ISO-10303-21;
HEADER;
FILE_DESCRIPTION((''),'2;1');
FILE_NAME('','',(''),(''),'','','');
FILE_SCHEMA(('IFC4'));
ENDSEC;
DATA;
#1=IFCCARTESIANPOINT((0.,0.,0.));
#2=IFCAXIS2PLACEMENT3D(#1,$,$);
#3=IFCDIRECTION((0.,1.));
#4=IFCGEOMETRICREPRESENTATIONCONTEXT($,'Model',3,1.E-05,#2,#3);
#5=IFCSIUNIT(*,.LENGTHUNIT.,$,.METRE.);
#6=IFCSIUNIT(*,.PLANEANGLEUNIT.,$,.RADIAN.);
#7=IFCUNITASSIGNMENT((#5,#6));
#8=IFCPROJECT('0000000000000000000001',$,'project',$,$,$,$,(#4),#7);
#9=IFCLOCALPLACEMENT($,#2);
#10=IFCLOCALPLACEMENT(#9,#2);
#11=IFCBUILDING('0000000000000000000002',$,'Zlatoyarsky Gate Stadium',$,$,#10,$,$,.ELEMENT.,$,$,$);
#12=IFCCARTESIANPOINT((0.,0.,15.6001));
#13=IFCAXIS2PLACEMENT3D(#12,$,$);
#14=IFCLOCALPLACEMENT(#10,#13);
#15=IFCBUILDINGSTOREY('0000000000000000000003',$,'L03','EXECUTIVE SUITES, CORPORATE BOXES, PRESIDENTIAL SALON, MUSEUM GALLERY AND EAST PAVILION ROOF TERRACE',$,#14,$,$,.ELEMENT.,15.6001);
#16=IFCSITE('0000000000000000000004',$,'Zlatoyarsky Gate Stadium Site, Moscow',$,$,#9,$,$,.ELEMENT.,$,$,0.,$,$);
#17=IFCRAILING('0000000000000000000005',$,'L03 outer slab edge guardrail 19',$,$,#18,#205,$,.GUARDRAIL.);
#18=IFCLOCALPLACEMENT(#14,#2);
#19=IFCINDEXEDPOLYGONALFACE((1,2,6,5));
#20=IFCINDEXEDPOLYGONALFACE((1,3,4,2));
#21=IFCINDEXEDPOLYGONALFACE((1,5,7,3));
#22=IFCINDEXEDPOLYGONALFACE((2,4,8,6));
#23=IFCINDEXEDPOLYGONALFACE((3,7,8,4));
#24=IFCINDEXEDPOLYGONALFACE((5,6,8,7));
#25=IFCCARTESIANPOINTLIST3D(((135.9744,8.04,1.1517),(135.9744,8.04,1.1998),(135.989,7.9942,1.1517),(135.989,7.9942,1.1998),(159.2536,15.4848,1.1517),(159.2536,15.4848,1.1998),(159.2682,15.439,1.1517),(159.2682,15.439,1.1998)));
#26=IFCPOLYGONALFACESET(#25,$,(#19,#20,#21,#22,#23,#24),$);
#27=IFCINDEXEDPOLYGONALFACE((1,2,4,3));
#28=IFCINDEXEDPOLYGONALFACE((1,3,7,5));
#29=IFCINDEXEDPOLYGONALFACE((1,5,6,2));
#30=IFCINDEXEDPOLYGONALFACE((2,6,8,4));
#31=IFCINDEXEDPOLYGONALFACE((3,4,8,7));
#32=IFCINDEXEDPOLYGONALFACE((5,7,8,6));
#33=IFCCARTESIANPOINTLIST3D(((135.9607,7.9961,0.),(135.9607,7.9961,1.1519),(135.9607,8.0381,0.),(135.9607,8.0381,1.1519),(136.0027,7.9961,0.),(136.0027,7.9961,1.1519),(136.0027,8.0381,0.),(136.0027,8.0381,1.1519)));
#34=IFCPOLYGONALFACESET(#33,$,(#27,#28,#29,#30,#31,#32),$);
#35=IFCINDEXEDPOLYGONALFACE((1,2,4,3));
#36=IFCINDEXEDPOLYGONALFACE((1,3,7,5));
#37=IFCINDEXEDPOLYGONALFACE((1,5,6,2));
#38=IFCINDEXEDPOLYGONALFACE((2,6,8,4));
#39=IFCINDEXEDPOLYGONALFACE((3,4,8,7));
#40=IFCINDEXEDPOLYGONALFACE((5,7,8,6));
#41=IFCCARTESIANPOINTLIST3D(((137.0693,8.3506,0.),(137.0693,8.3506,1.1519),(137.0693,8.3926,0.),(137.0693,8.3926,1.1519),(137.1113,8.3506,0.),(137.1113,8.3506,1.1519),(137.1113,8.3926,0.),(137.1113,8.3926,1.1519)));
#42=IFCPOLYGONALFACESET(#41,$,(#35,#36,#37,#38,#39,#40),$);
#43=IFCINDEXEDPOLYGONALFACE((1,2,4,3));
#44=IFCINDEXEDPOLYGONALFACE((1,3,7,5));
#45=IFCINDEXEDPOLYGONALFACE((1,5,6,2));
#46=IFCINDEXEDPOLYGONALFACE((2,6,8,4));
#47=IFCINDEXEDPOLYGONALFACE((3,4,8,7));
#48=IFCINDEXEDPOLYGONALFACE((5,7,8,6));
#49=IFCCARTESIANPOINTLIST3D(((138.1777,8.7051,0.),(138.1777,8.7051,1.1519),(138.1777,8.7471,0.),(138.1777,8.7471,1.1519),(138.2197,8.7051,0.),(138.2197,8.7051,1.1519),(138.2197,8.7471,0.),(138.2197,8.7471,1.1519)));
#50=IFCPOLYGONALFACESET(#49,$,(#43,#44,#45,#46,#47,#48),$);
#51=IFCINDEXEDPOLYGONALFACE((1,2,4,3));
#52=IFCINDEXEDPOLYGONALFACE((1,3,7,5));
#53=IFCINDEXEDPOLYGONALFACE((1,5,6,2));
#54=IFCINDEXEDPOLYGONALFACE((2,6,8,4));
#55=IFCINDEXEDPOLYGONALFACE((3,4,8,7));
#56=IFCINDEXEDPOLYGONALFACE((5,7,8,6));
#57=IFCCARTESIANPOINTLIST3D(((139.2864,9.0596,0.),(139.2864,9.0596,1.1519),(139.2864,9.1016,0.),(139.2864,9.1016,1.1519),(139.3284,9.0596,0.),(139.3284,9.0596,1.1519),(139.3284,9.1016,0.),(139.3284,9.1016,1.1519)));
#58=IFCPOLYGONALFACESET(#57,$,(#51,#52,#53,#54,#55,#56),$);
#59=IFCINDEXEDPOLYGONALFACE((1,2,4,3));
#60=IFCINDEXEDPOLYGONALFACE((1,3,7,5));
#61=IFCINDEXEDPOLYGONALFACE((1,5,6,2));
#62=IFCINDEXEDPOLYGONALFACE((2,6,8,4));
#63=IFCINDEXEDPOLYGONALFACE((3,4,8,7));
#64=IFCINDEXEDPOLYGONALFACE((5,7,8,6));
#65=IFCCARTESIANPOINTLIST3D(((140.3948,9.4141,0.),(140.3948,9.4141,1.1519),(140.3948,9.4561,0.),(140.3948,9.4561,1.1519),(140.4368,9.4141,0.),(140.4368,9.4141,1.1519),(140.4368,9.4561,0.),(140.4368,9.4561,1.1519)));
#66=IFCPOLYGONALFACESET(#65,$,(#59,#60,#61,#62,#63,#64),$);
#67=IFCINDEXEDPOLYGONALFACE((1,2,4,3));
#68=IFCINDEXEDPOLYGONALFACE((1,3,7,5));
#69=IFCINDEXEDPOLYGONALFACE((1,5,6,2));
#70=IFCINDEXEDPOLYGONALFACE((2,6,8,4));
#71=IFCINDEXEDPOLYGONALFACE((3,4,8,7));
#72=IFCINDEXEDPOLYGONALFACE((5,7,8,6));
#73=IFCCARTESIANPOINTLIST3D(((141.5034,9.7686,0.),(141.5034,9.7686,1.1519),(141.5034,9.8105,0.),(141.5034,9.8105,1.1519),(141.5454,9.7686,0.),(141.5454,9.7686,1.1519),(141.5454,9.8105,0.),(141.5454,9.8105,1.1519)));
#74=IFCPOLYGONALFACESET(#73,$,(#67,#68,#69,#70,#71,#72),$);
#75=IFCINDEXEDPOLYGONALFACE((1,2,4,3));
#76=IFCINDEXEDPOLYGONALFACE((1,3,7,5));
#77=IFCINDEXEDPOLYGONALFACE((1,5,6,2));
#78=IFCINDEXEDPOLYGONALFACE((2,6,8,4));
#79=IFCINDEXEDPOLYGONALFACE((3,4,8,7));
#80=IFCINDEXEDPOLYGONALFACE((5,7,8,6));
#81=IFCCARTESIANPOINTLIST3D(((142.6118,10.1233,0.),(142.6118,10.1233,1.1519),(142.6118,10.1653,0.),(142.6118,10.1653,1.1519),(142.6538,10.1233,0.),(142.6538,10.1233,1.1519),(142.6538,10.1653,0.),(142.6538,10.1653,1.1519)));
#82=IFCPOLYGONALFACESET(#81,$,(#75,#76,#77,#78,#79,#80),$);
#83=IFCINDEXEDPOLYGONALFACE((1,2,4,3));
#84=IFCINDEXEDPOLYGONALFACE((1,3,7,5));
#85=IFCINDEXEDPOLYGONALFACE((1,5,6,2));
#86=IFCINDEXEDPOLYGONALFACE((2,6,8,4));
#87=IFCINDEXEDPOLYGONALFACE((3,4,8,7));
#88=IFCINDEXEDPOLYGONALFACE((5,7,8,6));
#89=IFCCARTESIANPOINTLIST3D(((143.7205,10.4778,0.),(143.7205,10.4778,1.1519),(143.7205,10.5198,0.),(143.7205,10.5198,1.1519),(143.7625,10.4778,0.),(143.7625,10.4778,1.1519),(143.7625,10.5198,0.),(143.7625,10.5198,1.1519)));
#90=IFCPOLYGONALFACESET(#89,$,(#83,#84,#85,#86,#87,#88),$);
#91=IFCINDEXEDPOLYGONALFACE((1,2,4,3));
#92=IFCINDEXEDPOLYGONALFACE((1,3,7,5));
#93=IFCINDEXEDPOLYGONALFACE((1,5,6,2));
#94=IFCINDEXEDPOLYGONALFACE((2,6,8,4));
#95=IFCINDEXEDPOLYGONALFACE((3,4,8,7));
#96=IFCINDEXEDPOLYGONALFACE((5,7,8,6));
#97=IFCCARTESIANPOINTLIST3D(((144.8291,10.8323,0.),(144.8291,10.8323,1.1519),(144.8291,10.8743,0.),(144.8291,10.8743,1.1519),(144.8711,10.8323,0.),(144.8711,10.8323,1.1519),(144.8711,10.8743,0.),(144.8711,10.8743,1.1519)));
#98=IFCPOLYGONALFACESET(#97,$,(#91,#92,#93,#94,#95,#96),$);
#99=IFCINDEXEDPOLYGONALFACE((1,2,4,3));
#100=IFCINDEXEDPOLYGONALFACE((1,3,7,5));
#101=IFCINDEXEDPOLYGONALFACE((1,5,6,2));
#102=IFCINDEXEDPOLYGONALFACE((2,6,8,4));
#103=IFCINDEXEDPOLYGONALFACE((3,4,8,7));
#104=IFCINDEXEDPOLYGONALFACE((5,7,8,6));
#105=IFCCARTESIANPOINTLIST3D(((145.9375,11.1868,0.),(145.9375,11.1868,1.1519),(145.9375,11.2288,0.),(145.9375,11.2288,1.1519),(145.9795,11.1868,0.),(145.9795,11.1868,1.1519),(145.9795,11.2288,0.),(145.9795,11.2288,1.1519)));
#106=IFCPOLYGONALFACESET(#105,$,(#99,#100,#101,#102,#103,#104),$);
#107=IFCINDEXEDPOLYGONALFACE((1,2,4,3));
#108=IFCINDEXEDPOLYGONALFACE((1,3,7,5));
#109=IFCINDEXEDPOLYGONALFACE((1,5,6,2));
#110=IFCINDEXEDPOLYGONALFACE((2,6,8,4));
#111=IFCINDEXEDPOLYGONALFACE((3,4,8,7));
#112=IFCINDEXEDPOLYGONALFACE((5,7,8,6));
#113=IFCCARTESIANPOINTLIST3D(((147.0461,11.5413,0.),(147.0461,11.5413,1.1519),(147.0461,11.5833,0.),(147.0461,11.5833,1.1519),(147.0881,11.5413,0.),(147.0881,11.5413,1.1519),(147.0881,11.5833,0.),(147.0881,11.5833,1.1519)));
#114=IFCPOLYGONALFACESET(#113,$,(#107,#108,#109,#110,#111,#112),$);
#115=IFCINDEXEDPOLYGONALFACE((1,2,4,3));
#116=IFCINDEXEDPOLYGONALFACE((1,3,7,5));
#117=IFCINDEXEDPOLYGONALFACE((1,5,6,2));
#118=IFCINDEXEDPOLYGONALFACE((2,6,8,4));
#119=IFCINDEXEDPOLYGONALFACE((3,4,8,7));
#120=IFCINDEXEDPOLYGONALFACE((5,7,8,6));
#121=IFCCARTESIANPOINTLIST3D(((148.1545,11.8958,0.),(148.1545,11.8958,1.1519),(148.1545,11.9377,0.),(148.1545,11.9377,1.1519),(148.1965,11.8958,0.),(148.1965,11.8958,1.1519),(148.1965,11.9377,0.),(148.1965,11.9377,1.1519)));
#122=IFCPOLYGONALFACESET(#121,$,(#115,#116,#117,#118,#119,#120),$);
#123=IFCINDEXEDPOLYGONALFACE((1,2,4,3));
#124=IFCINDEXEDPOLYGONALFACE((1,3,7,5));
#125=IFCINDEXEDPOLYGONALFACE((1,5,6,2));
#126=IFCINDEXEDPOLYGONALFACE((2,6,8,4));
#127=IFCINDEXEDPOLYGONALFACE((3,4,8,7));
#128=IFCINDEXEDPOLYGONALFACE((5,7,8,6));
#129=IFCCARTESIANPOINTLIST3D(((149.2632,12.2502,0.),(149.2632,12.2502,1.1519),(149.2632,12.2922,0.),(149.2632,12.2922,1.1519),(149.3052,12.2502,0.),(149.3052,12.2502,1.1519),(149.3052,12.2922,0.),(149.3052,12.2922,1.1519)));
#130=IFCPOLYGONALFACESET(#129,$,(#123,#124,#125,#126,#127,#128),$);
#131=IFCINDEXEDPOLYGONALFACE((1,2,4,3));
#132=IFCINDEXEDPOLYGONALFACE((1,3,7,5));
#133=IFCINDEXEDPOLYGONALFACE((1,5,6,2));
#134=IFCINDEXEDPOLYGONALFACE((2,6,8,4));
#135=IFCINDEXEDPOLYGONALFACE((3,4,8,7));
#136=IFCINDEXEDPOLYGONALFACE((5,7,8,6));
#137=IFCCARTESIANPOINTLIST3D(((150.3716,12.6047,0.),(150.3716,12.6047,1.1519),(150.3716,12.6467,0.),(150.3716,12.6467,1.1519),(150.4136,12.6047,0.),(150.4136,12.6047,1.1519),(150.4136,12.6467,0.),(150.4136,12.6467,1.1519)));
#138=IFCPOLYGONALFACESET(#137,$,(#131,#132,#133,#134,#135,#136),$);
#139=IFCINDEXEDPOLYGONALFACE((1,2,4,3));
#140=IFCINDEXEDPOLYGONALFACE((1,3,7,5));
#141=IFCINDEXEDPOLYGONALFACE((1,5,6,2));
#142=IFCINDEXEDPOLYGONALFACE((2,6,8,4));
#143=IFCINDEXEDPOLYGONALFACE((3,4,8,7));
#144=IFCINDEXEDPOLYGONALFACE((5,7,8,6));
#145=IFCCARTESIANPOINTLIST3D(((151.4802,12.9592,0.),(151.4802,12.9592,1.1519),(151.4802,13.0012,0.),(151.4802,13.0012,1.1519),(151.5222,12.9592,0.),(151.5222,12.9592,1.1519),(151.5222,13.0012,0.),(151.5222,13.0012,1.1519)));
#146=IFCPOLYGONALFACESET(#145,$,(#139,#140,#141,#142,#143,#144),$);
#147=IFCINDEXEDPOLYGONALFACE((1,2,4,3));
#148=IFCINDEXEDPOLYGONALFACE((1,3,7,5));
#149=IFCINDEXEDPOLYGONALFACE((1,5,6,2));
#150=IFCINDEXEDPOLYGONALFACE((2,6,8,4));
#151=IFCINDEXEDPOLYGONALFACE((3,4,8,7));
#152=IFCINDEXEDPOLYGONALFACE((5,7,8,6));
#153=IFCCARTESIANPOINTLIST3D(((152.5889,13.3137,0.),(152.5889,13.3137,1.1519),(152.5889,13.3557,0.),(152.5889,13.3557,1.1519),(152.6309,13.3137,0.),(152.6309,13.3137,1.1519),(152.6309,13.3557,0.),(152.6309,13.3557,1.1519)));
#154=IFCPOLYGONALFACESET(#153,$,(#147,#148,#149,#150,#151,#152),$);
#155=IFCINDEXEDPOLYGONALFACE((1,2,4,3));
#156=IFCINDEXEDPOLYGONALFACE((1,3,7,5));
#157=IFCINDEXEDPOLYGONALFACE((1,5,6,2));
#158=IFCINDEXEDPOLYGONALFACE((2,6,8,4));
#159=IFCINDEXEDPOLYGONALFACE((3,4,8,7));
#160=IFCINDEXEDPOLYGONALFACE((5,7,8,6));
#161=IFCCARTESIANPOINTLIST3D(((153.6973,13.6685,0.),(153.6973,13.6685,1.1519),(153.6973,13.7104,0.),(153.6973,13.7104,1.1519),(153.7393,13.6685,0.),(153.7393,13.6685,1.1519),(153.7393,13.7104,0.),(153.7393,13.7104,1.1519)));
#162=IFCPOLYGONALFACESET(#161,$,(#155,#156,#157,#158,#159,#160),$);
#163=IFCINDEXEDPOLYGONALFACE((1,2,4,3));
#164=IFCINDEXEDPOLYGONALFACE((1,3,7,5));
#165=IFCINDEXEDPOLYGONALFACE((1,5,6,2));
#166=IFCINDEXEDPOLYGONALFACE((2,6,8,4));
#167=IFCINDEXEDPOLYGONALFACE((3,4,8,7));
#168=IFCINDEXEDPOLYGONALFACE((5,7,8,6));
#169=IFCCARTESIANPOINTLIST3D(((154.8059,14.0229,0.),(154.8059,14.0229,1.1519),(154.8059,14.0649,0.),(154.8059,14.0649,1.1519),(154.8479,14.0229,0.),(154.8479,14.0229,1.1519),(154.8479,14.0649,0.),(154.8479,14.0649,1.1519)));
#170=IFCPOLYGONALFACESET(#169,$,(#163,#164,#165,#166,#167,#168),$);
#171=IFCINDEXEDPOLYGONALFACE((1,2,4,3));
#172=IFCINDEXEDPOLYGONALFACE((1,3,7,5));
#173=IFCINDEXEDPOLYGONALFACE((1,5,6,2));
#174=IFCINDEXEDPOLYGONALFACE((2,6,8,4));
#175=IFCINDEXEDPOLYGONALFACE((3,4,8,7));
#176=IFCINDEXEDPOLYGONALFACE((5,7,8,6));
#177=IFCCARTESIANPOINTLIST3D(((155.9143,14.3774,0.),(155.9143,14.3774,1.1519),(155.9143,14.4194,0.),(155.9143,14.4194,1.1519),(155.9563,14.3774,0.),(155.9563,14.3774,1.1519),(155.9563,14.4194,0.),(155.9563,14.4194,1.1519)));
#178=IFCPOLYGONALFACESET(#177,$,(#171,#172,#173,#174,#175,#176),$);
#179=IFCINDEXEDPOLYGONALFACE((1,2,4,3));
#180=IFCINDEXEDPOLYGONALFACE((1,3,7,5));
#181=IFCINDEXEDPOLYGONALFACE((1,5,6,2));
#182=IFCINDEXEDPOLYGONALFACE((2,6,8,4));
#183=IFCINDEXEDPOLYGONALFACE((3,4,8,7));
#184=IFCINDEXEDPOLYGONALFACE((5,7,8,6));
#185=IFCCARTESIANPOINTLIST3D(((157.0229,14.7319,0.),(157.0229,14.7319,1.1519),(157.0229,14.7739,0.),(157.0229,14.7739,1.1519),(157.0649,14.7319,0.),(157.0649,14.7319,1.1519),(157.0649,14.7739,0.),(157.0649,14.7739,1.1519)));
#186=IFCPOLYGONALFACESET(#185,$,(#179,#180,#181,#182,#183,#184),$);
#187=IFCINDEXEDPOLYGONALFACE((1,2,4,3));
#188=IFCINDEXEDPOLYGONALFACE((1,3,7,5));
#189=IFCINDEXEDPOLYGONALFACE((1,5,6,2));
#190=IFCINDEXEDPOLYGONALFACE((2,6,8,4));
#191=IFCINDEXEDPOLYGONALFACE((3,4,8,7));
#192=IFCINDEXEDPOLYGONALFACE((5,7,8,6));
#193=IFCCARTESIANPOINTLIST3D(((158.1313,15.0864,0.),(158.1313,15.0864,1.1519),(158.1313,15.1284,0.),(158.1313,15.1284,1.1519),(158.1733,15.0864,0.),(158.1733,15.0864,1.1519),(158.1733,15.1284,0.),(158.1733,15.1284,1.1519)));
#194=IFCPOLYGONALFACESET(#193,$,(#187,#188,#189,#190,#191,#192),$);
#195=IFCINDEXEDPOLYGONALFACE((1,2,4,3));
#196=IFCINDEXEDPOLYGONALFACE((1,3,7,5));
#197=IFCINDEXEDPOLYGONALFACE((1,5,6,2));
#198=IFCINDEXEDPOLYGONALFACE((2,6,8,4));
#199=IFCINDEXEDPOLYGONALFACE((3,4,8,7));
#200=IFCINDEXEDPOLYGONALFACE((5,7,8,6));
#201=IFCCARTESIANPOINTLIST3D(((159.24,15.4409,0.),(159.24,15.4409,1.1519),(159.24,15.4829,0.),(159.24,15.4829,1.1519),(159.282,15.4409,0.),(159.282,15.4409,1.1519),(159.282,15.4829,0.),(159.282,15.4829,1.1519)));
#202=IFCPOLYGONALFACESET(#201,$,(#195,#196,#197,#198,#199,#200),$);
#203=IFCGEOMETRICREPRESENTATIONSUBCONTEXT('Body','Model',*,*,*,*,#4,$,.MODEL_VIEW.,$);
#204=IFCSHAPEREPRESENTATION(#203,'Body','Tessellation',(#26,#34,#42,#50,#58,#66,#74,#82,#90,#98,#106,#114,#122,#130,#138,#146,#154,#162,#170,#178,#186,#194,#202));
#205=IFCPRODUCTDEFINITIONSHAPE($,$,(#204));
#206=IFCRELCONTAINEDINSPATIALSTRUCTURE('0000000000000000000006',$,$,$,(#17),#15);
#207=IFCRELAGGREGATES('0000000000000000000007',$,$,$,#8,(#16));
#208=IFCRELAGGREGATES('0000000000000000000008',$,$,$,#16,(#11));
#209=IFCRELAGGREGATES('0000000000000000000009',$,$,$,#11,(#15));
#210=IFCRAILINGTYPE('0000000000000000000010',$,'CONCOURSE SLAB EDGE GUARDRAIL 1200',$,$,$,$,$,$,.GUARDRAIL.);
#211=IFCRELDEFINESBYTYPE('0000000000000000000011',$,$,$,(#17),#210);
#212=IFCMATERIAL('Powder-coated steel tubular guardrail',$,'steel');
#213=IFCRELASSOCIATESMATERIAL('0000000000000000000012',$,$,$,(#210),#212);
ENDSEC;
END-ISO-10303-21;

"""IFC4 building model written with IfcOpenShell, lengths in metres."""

from ifc_helpers import new_model, si_unit, direction, frame, origin, origin_2d, place, context, subcontext, project, spatial, rectangle, extrude, material, type_object, element, save


model = new_model("IFC4")

# Units and contexts
model_context = context("Model", 3, precision=1e-05, world=origin(), true_north=direction((0.0, 1.0)))
body_context = subcontext(model_context, "Body", "Model", "MODEL_VIEW")
ifc_project = project(units=[si_unit("LENGTHUNIT", "METRE"), si_unit("PLANEANGLEUNIT", "RADIAN")], contexts=[model_context])

# Site, building, storey
site_placement = place(None, origin())
site = spatial("IfcSite", under=ifc_project, at=site_placement, Name="Zlatoyarsky Gate Stadium Site, Moscow", CompositionType="ELEMENT", RefElevation=0.0)
building_placement = place(site_placement, origin())
building = spatial("IfcBuilding", under=site, at=building_placement, Name="Zlatoyarsky Gate Stadium", CompositionType="ELEMENT")
storey_placement = place(building_placement, frame((0.0, 0.0, 15.6001)))
storey = spatial("IfcBuildingStorey", under=building, at=storey_placement, Name="L03", Description="EXECUTIVE SUITES, CORPORATE BOXES, PRESIDENTIAL SALON, MUSEUM GALLERY AND EAST PAVILION ROOF TERRACE", CompositionType="ELEMENT", Elevation=15.6001)

# Railing
ifc_material_1 = material(Name="Powder-coated steel tubular guardrail", Category="steel")
railing_type = type_object("IfcRailingType", Name="CONCOURSE SLAB EDGE GUARDRAIL 1200", PredefinedType="GUARDRAIL", material=ifc_material_1)
railing_placement = place(storey_placement, frame((135.9817, 8.0171, 0.0)))
element("IfcRailing", 1, at=railing_placement, inside=storey, type_object=railing_type, Name="L03 outer slab edge guardrail 19", PredefinedType="GUARDRAIL", context=body_context, shape_type="SweptSolid", body=[
    extrude(rectangle(XDim=0.0481, YDim=0.0481, at=origin_2d()), frame((0.0, 0.0, 1.1758), z_axis=(0.952478, 0.304607, 0.0), x_axis=(-0.304607, 0.952478, 0.0)), (0.0, 0.0, 1.0), 24.4407),
    extrude(rectangle(XDim=0.042, YDim=0.042, at=origin_2d()), origin(), (0.0, 0.0, 1.0), 1.1519),
    extrude(rectangle(XDim=0.042, YDim=0.042, at=origin_2d()), frame((1.1086, 0.3545, 0.0)), (0.0, 0.0, 1.0), 1.1519),
    extrude(rectangle(XDim=0.042, YDim=0.042, at=origin_2d()), frame((2.217, 0.709, 0.0)), (0.0, 0.0, 1.0), 1.1519),
    extrude(rectangle(XDim=0.042, YDim=0.042, at=origin_2d()), frame((3.3257, 1.0635, 0.0)), (0.0, 0.0, 1.0), 1.1519),
    extrude(rectangle(XDim=0.042, YDim=0.042, at=origin_2d()), frame((4.4341, 1.418, 0.0)), (0.0, 0.0, 1.0), 1.1519),
    extrude(rectangle(XDim=0.042, YDim=0.042, at=origin_2d()), frame((5.5427, 1.7725, 0.0)), (0.0, 0.0, 1.0), 1.1519),
    extrude(rectangle(XDim=0.042, YDim=0.042, at=origin_2d()), frame((6.6511, 2.1272, 0.0)), (0.0, 0.0, 1.0), 1.1519),
    extrude(rectangle(XDim=0.042, YDim=0.042, at=origin_2d()), frame((7.7598, 2.4817, 0.0)), (0.0, 0.0, 1.0), 1.1519),
    extrude(rectangle(XDim=0.042, YDim=0.042, at=origin_2d()), frame((8.8684, 2.8362, 0.0)), (0.0, 0.0, 1.0), 1.1519),
    extrude(rectangle(XDim=0.042, YDim=0.042, at=origin_2d()), frame((9.9768, 3.1907, 0.0)), (0.0, 0.0, 1.0), 1.1519),
    extrude(rectangle(XDim=0.042, YDim=0.042, at=origin_2d()), frame((11.0854, 3.5452, 0.0)), (0.0, 0.0, 1.0), 1.1519),
    extrude(rectangle(XDim=0.042, YDim=0.042, at=origin_2d()), frame((12.1938, 3.8997, 0.0)), (0.0, 0.0, 1.0), 1.1519),
    extrude(rectangle(XDim=0.042, YDim=0.042, at=origin_2d()), frame((13.3025, 4.2542, 0.0)), (0.0, 0.0, 1.0), 1.1519),
    extrude(rectangle(XDim=0.042, YDim=0.042, at=origin_2d()), frame((14.4109, 4.6086, 0.0)), (0.0, 0.0, 1.0), 1.1519),
    extrude(rectangle(XDim=0.042, YDim=0.042, at=origin_2d()), frame((15.5195, 4.9631, 0.0)), (0.0, 0.0, 1.0), 1.1519),
    extrude(rectangle(XDim=0.042, YDim=0.042, at=origin_2d()), frame((16.6282, 5.3176, 0.0)), (0.0, 0.0, 1.0), 1.1519),
    extrude(rectangle(XDim=0.042, YDim=0.042, at=origin_2d()), frame((17.7366, 5.6724, 0.0)), (0.0, 0.0, 1.0), 1.1519),
    extrude(rectangle(XDim=0.042, YDim=0.042, at=origin_2d()), frame((18.8452, 6.0269, 0.0)), (0.0, 0.0, 1.0), 1.1519),
    extrude(rectangle(XDim=0.042, YDim=0.042, at=origin_2d()), frame((19.9536, 6.3813, 0.0)), (0.0, 0.0, 1.0), 1.1519),
    extrude(rectangle(XDim=0.042, YDim=0.042, at=origin_2d()), frame((21.0623, 6.7358, 0.0)), (0.0, 0.0, 1.0), 1.1519),
    extrude(rectangle(XDim=0.042, YDim=0.042, at=origin_2d()), frame((22.1707, 7.0903, 0.0)), (0.0, 0.0, 1.0), 1.1519),
    extrude(rectangle(XDim=0.042, YDim=0.042, at=origin_2d()), frame((23.2793, 7.4448, 0.0)), (0.0, 0.0, 1.0), 1.1519),
])

save(model, "model.ifc")
